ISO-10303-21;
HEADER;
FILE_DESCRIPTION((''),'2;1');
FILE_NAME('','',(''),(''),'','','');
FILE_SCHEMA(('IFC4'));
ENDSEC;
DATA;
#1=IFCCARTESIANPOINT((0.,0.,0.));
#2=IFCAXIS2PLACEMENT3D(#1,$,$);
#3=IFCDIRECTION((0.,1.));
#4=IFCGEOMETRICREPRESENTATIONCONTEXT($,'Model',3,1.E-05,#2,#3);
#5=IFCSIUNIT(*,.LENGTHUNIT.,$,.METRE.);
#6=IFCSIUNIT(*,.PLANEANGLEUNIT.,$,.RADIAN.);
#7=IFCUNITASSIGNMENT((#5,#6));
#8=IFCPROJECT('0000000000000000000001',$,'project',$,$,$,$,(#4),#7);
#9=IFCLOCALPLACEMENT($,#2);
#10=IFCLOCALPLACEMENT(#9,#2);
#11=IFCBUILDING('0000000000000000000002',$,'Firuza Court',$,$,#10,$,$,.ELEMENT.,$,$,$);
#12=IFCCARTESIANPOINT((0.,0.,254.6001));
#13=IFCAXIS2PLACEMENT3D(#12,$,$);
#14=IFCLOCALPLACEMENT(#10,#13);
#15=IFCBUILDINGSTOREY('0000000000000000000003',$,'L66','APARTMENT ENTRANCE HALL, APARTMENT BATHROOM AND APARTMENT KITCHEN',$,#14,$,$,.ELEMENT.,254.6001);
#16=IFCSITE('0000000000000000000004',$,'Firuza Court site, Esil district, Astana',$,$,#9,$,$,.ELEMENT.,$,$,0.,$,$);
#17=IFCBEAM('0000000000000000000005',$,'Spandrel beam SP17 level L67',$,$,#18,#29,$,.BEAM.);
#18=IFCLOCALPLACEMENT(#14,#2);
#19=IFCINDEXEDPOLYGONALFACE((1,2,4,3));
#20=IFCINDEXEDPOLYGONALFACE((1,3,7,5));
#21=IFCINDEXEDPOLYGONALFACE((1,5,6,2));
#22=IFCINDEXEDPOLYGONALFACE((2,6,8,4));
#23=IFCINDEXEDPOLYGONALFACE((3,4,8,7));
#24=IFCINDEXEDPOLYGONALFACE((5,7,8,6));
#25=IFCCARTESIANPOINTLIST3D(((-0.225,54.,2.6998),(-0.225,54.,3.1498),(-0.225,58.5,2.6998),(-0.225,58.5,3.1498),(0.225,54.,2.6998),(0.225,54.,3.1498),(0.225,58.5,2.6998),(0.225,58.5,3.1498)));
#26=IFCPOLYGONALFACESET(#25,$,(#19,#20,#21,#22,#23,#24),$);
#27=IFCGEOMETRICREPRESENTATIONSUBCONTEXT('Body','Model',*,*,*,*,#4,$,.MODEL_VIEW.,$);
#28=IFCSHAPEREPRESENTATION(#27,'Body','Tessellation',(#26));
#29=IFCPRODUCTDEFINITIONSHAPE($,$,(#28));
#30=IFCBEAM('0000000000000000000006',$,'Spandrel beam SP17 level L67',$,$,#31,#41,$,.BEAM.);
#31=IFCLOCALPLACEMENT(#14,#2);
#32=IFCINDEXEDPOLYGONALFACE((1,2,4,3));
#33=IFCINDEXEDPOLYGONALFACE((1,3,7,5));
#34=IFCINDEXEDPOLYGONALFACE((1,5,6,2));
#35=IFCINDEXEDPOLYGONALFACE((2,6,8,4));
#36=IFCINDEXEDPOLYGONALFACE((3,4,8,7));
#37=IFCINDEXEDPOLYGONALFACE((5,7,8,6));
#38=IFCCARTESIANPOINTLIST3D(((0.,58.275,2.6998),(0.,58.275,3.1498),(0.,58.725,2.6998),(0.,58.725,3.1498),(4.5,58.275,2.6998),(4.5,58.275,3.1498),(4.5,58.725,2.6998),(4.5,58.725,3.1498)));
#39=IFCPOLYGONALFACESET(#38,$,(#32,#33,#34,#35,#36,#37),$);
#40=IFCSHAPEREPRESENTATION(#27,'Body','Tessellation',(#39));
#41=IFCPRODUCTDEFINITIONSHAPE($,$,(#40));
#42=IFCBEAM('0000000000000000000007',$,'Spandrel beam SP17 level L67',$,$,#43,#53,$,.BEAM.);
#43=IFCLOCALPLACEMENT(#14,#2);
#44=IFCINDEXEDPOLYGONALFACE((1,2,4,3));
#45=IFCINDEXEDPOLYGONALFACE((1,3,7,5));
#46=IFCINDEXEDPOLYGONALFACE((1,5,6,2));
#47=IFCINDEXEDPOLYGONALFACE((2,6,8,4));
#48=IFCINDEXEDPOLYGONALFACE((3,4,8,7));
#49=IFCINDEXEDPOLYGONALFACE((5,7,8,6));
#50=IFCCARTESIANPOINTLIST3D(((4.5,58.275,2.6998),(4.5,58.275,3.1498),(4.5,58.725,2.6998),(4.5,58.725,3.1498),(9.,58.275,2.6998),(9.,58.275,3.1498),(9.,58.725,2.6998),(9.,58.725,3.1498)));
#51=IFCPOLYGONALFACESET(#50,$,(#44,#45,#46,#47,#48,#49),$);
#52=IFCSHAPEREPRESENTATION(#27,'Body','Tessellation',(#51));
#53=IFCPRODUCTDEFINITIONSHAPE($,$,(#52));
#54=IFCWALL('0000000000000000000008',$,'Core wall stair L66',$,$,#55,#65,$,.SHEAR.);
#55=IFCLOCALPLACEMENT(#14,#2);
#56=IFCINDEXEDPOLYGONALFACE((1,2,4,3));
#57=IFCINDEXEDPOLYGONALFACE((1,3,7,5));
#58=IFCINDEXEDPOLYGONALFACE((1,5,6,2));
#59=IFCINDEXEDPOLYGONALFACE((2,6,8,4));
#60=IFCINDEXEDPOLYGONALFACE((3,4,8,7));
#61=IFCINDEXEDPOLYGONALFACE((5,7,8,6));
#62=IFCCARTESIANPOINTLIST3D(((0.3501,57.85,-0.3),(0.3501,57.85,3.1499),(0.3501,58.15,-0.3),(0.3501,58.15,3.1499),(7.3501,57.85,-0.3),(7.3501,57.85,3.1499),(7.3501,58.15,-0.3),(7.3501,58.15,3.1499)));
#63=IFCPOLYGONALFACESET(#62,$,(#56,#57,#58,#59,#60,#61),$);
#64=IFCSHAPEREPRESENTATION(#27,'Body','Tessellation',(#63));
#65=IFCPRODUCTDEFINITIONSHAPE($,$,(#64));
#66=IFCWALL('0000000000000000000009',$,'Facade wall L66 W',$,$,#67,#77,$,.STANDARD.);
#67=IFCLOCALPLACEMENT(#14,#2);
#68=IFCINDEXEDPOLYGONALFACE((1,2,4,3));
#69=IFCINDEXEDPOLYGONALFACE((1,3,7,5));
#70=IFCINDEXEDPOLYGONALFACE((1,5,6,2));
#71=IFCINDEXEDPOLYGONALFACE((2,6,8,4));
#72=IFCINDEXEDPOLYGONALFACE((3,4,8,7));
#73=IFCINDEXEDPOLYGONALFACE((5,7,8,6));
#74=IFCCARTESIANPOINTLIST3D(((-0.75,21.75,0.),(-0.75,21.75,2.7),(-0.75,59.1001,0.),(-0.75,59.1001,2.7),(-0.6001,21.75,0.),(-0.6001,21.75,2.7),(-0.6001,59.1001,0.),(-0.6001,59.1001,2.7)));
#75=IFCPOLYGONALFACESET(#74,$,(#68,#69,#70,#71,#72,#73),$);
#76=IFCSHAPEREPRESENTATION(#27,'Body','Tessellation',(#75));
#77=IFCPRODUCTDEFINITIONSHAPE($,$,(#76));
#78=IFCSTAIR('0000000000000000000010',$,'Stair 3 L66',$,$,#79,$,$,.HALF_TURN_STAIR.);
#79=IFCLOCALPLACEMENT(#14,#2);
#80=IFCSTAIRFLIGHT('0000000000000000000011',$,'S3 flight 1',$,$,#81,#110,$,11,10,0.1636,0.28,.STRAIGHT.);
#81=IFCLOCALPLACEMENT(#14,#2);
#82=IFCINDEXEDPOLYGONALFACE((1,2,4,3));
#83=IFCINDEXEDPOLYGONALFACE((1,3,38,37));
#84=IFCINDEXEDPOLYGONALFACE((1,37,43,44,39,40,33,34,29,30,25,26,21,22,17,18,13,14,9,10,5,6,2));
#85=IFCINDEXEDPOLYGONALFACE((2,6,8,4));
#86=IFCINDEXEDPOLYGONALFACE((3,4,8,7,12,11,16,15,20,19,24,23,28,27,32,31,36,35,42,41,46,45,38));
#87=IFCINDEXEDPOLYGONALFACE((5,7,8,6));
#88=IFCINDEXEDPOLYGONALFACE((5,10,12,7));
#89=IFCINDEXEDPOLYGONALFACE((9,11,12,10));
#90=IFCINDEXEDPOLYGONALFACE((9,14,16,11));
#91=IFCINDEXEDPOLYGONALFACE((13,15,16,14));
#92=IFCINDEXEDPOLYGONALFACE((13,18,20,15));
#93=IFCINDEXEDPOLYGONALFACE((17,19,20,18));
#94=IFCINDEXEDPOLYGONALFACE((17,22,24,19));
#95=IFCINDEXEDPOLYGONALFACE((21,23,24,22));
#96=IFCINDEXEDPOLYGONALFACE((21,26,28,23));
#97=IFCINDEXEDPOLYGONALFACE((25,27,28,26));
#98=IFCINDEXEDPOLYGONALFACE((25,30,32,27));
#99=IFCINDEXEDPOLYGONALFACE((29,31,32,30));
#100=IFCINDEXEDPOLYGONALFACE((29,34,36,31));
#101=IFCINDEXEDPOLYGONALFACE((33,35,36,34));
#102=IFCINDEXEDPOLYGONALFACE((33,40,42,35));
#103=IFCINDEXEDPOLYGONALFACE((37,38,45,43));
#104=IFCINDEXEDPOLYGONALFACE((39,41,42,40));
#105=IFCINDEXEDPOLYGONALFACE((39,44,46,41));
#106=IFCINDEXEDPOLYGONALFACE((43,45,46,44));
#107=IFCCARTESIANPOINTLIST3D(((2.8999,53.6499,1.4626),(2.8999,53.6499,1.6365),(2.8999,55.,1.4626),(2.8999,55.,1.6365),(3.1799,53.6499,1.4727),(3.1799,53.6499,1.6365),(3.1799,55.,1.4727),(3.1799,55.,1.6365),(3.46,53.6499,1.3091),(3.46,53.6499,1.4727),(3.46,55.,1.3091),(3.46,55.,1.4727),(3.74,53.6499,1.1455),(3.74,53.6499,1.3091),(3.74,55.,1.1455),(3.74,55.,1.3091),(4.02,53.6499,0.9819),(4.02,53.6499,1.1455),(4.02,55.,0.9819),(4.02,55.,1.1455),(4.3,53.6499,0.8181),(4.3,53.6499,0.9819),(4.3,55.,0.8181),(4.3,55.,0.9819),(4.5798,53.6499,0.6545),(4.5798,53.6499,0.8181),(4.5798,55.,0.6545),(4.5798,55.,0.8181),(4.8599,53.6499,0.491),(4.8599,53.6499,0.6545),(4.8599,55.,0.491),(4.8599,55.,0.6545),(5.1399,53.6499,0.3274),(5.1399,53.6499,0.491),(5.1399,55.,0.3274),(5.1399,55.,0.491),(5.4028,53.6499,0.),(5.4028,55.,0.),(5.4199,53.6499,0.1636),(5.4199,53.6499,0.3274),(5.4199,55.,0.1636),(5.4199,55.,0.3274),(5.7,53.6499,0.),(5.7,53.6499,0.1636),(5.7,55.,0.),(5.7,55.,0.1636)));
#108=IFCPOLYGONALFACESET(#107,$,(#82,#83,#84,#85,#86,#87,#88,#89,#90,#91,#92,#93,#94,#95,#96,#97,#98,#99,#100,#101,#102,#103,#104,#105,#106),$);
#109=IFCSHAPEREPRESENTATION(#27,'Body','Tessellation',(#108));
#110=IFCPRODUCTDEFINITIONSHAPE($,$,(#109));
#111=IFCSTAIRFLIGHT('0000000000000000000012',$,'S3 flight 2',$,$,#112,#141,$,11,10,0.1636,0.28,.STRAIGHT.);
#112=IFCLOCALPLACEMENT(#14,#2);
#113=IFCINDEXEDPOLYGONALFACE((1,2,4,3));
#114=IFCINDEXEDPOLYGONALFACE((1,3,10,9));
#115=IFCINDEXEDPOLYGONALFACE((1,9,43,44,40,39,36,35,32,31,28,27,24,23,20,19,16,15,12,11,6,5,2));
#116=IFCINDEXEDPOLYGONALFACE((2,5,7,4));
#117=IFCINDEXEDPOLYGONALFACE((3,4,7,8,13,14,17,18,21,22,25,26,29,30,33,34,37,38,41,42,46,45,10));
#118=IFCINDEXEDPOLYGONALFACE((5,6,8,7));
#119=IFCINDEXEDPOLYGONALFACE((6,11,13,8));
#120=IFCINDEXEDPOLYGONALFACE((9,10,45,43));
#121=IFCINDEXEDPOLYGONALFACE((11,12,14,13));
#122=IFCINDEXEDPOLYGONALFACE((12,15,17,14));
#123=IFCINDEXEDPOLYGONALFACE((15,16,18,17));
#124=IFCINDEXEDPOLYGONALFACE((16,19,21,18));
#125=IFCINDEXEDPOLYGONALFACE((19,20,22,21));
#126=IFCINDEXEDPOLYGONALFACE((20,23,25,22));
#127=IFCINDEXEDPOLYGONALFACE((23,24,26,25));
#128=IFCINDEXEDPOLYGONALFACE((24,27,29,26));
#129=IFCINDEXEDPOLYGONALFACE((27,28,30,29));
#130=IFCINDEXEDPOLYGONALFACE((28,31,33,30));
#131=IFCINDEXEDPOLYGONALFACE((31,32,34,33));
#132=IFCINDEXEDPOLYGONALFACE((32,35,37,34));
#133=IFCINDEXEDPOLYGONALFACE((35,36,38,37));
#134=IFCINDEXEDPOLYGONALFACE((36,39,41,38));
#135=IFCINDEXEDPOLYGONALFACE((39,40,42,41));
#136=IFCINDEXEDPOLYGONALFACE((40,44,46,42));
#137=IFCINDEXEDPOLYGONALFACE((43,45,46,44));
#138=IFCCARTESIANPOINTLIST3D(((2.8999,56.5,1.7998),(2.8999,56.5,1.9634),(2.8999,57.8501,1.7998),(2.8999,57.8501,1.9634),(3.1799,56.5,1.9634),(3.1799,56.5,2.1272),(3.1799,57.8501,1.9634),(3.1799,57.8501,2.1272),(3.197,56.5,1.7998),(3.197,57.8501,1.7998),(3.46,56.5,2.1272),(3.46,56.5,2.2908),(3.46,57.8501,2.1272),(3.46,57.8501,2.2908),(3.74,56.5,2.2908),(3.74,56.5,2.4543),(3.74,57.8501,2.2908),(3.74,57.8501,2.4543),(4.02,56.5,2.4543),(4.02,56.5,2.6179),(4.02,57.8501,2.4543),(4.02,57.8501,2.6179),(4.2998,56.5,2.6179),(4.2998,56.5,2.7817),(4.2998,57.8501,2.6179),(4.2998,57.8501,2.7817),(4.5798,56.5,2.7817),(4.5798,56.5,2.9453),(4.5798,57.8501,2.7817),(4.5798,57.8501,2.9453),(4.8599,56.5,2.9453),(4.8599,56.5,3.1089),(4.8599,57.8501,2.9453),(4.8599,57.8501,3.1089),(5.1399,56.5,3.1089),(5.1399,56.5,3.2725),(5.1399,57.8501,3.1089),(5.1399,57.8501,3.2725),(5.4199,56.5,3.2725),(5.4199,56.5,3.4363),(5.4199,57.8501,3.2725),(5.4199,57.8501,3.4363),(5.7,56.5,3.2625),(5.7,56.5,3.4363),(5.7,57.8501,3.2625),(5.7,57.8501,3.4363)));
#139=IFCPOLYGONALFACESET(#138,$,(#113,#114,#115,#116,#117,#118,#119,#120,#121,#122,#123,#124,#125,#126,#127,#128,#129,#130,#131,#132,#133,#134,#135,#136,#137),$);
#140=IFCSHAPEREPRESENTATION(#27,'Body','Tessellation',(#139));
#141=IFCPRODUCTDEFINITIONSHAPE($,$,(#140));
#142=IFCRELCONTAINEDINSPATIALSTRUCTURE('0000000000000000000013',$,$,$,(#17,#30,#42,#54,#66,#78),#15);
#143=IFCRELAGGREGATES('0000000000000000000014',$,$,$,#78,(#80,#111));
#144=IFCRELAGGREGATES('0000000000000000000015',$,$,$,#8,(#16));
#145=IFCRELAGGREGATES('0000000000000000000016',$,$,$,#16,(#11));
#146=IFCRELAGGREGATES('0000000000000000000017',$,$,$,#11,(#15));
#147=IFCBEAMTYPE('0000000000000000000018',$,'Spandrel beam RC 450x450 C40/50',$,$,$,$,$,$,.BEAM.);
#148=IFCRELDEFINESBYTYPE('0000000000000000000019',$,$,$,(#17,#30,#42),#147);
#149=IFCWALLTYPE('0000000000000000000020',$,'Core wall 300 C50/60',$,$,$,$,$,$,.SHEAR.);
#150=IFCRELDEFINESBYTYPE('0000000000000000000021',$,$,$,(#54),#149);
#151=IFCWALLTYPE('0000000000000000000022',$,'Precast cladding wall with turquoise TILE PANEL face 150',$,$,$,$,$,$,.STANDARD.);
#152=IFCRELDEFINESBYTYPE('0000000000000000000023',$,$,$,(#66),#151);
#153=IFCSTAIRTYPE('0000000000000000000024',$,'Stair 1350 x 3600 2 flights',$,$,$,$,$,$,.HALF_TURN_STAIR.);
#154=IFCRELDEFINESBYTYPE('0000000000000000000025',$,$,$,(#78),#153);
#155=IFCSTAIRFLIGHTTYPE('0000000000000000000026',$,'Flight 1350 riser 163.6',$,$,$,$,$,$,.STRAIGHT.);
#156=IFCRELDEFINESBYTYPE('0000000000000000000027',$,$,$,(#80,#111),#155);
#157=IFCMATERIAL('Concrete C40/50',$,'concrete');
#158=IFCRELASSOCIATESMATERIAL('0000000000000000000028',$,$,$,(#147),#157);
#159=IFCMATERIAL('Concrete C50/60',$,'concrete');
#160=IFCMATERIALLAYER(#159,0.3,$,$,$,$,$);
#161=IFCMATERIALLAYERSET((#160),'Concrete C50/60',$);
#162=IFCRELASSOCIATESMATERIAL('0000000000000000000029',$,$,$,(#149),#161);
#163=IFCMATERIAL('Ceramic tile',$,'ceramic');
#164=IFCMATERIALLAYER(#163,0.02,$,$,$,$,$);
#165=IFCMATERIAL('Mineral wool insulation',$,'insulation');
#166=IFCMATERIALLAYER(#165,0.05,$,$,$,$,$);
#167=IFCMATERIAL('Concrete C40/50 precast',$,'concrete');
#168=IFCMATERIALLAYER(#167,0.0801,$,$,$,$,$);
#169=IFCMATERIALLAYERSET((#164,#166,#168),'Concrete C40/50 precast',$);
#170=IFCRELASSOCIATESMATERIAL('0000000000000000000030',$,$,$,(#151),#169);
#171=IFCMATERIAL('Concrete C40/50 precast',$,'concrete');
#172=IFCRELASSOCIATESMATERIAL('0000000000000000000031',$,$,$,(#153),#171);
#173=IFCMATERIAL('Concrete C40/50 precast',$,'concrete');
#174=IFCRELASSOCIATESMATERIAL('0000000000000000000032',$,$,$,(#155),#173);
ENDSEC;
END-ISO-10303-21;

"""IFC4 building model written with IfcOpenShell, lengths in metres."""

from ifc_helpers import new_model, si_unit, direction, frame, frame_2d, origin, origin_2d, place, context, subcontext, project, spatial, polyline, rectangle, outline, extrude, material, layer, layer_set, material_profile, profile_set, type_object, element, aggregate, save


model = new_model("IFC4")

# Units and contexts
model_context = context("Model", 3, precision=1e-05, world=origin(), true_north=direction((0.0, 1.0)))
body_context = subcontext(model_context, "Body", "Model", "MODEL_VIEW")
ifc_project = project(units=[si_unit("LENGTHUNIT", "METRE"), si_unit("PLANEANGLEUNIT", "RADIAN")], contexts=[model_context])

# Site, building, storey
site_placement = place(None, origin())
site = spatial("IfcSite", under=ifc_project, at=site_placement, Name="Firuza Court site, Esil district, Astana", CompositionType="ELEMENT", RefElevation=0.0)
building_placement = place(site_placement, origin())
building = spatial("IfcBuilding", under=site, at=building_placement, Name="Firuza Court", CompositionType="ELEMENT")
storey_placement = place(building_placement, frame((0.0, 0.0, 254.6001)))
storey = spatial("IfcBuildingStorey", under=building, at=storey_placement, Name="L66", Description="APARTMENT ENTRANCE HALL, APARTMENT BATHROOM AND APARTMENT KITCHEN", CompositionType="ELEMENT", Elevation=254.6001)

# Beams
ifc_material_1 = material(Name="Concrete C40/50", Category="concrete")
ifc_material_profile_1 = material_profile(ifc_material_1, rectangle(XDim=0.45, YDim=0.45, at=origin_2d()), Name="RC 450x450")
ifc_profile_set_1 = profile_set([ifc_material_profile_1], Name="Concrete C40/50")
beam_type = type_object("IfcBeamType", Name="Spandrel beam RC 450x450 C40/50", PredefinedType="BEAM", material=ifc_profile_set_1)
for number, where, z_axis, x_axis, name in (
    (1, (0.0, 58.5, 2.9248), (0.0, -1.0, 0.0), (1.0, 0.0, 0.0), "Spandrel beam SP17 level L67"),
    (2, (4.5, 58.5, 2.9248), (-1.0, 0.0, 0.0), (0.0, -1.0, 0.0), "Spandrel beam SP17 level L67"),
    (3, (9.0, 58.5, 2.9248), (-1.0, 0.0, 0.0), (0.0, -1.0, 0.0), "Spandrel beam SP17 level L67"),
):
    element("IfcBeam", number, at=place(storey_placement, frame(where, z_axis=z_axis, x_axis=x_axis)), inside=storey, type_object=beam_type, Name=name, PredefinedType="BEAM", context=body_context, shape_type="SweptSolid", body=[
        extrude(rectangle(XDim=0.45, YDim=0.45, at=origin_2d()), origin(), (0.0, 0.0, 1.0), 4.5),
    ])

# Walls
ifc_material_2 = material(Name="Concrete C50/60", Category="concrete")
ifc_layer_1 = layer(ifc_material_2, 0.3)
ifc_layer_set_1 = layer_set([ifc_layer_1], Name="Concrete C50/60")
wall_type_1 = type_object("IfcWallType", Name="Core wall 300 C50/60", PredefinedType="SHEAR", material=ifc_layer_set_1)
wall_1_placement = place(storey_placement, frame((0.3501, 58.0, -0.3), z_axis=(0.0, 0.0, 1.0), x_axis=(1.0, 0.0, 0.0)))
element("IfcWall", 4, at=wall_1_placement, inside=storey, type_object=wall_type_1, Name="Core wall stair L66", PredefinedType="SHEAR", context=body_context, shape_type="SweptSolid", body=[
    extrude(rectangle(XDim=7.0, YDim=0.3, at=frame_2d((3.5, 0.0))), origin(), (0.0, 0.0, 1.0), 3.45),
])
ifc_material_3 = material(Name="Ceramic tile", Category="ceramic")
ifc_layer_2 = layer(ifc_material_3, 0.02)
ifc_material_4 = material(Name="Mineral wool insulation", Category="insulation")
ifc_layer_3 = layer(ifc_material_4, 0.05)
ifc_material_5 = material(Name="Concrete C40/50 precast", Category="concrete")
ifc_layer_4 = layer(ifc_material_5, 0.0801)
ifc_layer_set_2 = layer_set([ifc_layer_2, ifc_layer_3, ifc_layer_4], Name="Concrete C40/50 precast")
wall_type_2 = type_object("IfcWallType", Name="Precast cladding wall with turquoise TILE PANEL face 150", PredefinedType="STANDARD", material=ifc_layer_set_2)
wall_2_placement = place(storey_placement, frame((-0.675, 59.1001, 0.0), z_axis=(0.0, 0.0, 1.0), x_axis=(0.0, -1.0, 0.0)))
element("IfcWall", 5, at=wall_2_placement, inside=storey, type_object=wall_type_2, Name="Facade wall L66 W", PredefinedType="STANDARD", context=body_context, shape_type="SweptSolid", body=[
    extrude(rectangle(XDim=37.3501, YDim=0.1499, at=frame_2d((18.675, 0.0))), origin(), (0.0, 0.0, 1.0), 2.7),
])

# Stair, stair flights
ifc_material_6 = material(Name="Concrete C40/50 precast", Category="concrete")
stair_type = type_object("IfcStairType", Name="Stair 1350 x 3600 2 flights", PredefinedType="HALF_TURN_STAIR", material=ifc_material_6)
stair_placement = place(storey_placement, origin())
stair = element("IfcStair", 6, at=stair_placement, inside=storey, type_object=stair_type, Name="Stair 3 L66", PredefinedType="HALF_TURN_STAIR")
ifc_material_7 = material(Name="Concrete C40/50 precast", Category="concrete")
stair_flight_type = type_object("IfcStairFlightType", Name="Flight 1350 riser 163.6", PredefinedType="STRAIGHT", material=ifc_material_7)
stair_flight_1_placement = place(storey_placement, frame((5.7, 54.325, 0.0), z_axis=(0.0, 0.0, 1.0), x_axis=(-1.0, 0.0, 0.0)))
stair_flight_1 = element("IfcStairFlight", 7, at=stair_flight_1_placement, type_object=stair_flight_type, Name="S3 flight 1", NumberOfRisers=11, NumberOfTreads=10, PredefinedType="STRAIGHT", RiserHeight=0.1636, TreadLength=0.28, context=body_context, shape_type="SweptSolid", body=[
    extrude(outline(polyline([(0.0, 0.0), (0.0, 0.1636), (0.28, 0.1636), (0.28, 0.3274), (0.5601, 0.3274), (0.5601, 0.491), (0.8401, 0.491), (0.8401, 0.6545), (1.1201, 0.6545), (1.1201, 0.8181), (1.3999, 0.8181), (1.3999, 0.9819), (1.6799, 0.9819), (1.6799, 1.1455), (1.96, 1.1455), (1.96, 1.3091), (2.24, 1.3091), (2.24, 1.4727), (2.52, 1.4727), (2.52, 1.6365), (2.8, 1.6365), (2.8, 1.8), (2.8, 1.4626), (0.2971, 0.0), (0.0, 0.0)])), frame((0.0, 0.675, 0.0), z_axis=(0.0, -1.0, 0.0), x_axis=(1.0, 0.0, 0.0)), (0.0, 0.0, 1.0), 1.3501),
])
stair_flight_2_placement = place(storey_placement, frame((2.8999, 57.175, 1.7998), z_axis=(0.0, 0.0, 1.0), x_axis=(1.0, 0.0, 0.0)))
stair_flight_2 = element("IfcStairFlight", 8, at=stair_flight_2_placement, type_object=stair_flight_type, Name="S3 flight 2", NumberOfRisers=11, NumberOfTreads=10, PredefinedType="STRAIGHT", RiserHeight=0.1636, TreadLength=0.28, context=body_context, shape_type="SweptSolid", body=[
    extrude(outline(polyline([(0.0, 0.0), (0.0, 0.1636), (0.28, 0.1636), (0.28, 0.3274), (0.5601, 0.3274), (0.5601, 0.491), (0.8401, 0.491), (0.8401, 0.6545), (1.1201, 0.6545), (1.1201, 0.8181), (1.3999, 0.8181), (1.3999, 0.9819), (1.6799, 0.9819), (1.6799, 1.1455), (1.96, 1.1455), (1.96, 1.3091), (2.24, 1.3091), (2.24, 1.4727), (2.52, 1.4727), (2.52, 1.6365), (2.8, 1.6365), (2.8, 1.8), (2.8, 1.4626), (0.2971, 0.0), (0.0, 0.0)])), frame((0.0, 0.675, 0.0), z_axis=(0.0, -1.0, 0.0), x_axis=(1.0, 0.0, 0.0)), (0.0, 0.0, 1.0), 1.3501),
])
aggregate(stair, [stair_flight_1, stair_flight_2])

save(model, "model.ifc")
